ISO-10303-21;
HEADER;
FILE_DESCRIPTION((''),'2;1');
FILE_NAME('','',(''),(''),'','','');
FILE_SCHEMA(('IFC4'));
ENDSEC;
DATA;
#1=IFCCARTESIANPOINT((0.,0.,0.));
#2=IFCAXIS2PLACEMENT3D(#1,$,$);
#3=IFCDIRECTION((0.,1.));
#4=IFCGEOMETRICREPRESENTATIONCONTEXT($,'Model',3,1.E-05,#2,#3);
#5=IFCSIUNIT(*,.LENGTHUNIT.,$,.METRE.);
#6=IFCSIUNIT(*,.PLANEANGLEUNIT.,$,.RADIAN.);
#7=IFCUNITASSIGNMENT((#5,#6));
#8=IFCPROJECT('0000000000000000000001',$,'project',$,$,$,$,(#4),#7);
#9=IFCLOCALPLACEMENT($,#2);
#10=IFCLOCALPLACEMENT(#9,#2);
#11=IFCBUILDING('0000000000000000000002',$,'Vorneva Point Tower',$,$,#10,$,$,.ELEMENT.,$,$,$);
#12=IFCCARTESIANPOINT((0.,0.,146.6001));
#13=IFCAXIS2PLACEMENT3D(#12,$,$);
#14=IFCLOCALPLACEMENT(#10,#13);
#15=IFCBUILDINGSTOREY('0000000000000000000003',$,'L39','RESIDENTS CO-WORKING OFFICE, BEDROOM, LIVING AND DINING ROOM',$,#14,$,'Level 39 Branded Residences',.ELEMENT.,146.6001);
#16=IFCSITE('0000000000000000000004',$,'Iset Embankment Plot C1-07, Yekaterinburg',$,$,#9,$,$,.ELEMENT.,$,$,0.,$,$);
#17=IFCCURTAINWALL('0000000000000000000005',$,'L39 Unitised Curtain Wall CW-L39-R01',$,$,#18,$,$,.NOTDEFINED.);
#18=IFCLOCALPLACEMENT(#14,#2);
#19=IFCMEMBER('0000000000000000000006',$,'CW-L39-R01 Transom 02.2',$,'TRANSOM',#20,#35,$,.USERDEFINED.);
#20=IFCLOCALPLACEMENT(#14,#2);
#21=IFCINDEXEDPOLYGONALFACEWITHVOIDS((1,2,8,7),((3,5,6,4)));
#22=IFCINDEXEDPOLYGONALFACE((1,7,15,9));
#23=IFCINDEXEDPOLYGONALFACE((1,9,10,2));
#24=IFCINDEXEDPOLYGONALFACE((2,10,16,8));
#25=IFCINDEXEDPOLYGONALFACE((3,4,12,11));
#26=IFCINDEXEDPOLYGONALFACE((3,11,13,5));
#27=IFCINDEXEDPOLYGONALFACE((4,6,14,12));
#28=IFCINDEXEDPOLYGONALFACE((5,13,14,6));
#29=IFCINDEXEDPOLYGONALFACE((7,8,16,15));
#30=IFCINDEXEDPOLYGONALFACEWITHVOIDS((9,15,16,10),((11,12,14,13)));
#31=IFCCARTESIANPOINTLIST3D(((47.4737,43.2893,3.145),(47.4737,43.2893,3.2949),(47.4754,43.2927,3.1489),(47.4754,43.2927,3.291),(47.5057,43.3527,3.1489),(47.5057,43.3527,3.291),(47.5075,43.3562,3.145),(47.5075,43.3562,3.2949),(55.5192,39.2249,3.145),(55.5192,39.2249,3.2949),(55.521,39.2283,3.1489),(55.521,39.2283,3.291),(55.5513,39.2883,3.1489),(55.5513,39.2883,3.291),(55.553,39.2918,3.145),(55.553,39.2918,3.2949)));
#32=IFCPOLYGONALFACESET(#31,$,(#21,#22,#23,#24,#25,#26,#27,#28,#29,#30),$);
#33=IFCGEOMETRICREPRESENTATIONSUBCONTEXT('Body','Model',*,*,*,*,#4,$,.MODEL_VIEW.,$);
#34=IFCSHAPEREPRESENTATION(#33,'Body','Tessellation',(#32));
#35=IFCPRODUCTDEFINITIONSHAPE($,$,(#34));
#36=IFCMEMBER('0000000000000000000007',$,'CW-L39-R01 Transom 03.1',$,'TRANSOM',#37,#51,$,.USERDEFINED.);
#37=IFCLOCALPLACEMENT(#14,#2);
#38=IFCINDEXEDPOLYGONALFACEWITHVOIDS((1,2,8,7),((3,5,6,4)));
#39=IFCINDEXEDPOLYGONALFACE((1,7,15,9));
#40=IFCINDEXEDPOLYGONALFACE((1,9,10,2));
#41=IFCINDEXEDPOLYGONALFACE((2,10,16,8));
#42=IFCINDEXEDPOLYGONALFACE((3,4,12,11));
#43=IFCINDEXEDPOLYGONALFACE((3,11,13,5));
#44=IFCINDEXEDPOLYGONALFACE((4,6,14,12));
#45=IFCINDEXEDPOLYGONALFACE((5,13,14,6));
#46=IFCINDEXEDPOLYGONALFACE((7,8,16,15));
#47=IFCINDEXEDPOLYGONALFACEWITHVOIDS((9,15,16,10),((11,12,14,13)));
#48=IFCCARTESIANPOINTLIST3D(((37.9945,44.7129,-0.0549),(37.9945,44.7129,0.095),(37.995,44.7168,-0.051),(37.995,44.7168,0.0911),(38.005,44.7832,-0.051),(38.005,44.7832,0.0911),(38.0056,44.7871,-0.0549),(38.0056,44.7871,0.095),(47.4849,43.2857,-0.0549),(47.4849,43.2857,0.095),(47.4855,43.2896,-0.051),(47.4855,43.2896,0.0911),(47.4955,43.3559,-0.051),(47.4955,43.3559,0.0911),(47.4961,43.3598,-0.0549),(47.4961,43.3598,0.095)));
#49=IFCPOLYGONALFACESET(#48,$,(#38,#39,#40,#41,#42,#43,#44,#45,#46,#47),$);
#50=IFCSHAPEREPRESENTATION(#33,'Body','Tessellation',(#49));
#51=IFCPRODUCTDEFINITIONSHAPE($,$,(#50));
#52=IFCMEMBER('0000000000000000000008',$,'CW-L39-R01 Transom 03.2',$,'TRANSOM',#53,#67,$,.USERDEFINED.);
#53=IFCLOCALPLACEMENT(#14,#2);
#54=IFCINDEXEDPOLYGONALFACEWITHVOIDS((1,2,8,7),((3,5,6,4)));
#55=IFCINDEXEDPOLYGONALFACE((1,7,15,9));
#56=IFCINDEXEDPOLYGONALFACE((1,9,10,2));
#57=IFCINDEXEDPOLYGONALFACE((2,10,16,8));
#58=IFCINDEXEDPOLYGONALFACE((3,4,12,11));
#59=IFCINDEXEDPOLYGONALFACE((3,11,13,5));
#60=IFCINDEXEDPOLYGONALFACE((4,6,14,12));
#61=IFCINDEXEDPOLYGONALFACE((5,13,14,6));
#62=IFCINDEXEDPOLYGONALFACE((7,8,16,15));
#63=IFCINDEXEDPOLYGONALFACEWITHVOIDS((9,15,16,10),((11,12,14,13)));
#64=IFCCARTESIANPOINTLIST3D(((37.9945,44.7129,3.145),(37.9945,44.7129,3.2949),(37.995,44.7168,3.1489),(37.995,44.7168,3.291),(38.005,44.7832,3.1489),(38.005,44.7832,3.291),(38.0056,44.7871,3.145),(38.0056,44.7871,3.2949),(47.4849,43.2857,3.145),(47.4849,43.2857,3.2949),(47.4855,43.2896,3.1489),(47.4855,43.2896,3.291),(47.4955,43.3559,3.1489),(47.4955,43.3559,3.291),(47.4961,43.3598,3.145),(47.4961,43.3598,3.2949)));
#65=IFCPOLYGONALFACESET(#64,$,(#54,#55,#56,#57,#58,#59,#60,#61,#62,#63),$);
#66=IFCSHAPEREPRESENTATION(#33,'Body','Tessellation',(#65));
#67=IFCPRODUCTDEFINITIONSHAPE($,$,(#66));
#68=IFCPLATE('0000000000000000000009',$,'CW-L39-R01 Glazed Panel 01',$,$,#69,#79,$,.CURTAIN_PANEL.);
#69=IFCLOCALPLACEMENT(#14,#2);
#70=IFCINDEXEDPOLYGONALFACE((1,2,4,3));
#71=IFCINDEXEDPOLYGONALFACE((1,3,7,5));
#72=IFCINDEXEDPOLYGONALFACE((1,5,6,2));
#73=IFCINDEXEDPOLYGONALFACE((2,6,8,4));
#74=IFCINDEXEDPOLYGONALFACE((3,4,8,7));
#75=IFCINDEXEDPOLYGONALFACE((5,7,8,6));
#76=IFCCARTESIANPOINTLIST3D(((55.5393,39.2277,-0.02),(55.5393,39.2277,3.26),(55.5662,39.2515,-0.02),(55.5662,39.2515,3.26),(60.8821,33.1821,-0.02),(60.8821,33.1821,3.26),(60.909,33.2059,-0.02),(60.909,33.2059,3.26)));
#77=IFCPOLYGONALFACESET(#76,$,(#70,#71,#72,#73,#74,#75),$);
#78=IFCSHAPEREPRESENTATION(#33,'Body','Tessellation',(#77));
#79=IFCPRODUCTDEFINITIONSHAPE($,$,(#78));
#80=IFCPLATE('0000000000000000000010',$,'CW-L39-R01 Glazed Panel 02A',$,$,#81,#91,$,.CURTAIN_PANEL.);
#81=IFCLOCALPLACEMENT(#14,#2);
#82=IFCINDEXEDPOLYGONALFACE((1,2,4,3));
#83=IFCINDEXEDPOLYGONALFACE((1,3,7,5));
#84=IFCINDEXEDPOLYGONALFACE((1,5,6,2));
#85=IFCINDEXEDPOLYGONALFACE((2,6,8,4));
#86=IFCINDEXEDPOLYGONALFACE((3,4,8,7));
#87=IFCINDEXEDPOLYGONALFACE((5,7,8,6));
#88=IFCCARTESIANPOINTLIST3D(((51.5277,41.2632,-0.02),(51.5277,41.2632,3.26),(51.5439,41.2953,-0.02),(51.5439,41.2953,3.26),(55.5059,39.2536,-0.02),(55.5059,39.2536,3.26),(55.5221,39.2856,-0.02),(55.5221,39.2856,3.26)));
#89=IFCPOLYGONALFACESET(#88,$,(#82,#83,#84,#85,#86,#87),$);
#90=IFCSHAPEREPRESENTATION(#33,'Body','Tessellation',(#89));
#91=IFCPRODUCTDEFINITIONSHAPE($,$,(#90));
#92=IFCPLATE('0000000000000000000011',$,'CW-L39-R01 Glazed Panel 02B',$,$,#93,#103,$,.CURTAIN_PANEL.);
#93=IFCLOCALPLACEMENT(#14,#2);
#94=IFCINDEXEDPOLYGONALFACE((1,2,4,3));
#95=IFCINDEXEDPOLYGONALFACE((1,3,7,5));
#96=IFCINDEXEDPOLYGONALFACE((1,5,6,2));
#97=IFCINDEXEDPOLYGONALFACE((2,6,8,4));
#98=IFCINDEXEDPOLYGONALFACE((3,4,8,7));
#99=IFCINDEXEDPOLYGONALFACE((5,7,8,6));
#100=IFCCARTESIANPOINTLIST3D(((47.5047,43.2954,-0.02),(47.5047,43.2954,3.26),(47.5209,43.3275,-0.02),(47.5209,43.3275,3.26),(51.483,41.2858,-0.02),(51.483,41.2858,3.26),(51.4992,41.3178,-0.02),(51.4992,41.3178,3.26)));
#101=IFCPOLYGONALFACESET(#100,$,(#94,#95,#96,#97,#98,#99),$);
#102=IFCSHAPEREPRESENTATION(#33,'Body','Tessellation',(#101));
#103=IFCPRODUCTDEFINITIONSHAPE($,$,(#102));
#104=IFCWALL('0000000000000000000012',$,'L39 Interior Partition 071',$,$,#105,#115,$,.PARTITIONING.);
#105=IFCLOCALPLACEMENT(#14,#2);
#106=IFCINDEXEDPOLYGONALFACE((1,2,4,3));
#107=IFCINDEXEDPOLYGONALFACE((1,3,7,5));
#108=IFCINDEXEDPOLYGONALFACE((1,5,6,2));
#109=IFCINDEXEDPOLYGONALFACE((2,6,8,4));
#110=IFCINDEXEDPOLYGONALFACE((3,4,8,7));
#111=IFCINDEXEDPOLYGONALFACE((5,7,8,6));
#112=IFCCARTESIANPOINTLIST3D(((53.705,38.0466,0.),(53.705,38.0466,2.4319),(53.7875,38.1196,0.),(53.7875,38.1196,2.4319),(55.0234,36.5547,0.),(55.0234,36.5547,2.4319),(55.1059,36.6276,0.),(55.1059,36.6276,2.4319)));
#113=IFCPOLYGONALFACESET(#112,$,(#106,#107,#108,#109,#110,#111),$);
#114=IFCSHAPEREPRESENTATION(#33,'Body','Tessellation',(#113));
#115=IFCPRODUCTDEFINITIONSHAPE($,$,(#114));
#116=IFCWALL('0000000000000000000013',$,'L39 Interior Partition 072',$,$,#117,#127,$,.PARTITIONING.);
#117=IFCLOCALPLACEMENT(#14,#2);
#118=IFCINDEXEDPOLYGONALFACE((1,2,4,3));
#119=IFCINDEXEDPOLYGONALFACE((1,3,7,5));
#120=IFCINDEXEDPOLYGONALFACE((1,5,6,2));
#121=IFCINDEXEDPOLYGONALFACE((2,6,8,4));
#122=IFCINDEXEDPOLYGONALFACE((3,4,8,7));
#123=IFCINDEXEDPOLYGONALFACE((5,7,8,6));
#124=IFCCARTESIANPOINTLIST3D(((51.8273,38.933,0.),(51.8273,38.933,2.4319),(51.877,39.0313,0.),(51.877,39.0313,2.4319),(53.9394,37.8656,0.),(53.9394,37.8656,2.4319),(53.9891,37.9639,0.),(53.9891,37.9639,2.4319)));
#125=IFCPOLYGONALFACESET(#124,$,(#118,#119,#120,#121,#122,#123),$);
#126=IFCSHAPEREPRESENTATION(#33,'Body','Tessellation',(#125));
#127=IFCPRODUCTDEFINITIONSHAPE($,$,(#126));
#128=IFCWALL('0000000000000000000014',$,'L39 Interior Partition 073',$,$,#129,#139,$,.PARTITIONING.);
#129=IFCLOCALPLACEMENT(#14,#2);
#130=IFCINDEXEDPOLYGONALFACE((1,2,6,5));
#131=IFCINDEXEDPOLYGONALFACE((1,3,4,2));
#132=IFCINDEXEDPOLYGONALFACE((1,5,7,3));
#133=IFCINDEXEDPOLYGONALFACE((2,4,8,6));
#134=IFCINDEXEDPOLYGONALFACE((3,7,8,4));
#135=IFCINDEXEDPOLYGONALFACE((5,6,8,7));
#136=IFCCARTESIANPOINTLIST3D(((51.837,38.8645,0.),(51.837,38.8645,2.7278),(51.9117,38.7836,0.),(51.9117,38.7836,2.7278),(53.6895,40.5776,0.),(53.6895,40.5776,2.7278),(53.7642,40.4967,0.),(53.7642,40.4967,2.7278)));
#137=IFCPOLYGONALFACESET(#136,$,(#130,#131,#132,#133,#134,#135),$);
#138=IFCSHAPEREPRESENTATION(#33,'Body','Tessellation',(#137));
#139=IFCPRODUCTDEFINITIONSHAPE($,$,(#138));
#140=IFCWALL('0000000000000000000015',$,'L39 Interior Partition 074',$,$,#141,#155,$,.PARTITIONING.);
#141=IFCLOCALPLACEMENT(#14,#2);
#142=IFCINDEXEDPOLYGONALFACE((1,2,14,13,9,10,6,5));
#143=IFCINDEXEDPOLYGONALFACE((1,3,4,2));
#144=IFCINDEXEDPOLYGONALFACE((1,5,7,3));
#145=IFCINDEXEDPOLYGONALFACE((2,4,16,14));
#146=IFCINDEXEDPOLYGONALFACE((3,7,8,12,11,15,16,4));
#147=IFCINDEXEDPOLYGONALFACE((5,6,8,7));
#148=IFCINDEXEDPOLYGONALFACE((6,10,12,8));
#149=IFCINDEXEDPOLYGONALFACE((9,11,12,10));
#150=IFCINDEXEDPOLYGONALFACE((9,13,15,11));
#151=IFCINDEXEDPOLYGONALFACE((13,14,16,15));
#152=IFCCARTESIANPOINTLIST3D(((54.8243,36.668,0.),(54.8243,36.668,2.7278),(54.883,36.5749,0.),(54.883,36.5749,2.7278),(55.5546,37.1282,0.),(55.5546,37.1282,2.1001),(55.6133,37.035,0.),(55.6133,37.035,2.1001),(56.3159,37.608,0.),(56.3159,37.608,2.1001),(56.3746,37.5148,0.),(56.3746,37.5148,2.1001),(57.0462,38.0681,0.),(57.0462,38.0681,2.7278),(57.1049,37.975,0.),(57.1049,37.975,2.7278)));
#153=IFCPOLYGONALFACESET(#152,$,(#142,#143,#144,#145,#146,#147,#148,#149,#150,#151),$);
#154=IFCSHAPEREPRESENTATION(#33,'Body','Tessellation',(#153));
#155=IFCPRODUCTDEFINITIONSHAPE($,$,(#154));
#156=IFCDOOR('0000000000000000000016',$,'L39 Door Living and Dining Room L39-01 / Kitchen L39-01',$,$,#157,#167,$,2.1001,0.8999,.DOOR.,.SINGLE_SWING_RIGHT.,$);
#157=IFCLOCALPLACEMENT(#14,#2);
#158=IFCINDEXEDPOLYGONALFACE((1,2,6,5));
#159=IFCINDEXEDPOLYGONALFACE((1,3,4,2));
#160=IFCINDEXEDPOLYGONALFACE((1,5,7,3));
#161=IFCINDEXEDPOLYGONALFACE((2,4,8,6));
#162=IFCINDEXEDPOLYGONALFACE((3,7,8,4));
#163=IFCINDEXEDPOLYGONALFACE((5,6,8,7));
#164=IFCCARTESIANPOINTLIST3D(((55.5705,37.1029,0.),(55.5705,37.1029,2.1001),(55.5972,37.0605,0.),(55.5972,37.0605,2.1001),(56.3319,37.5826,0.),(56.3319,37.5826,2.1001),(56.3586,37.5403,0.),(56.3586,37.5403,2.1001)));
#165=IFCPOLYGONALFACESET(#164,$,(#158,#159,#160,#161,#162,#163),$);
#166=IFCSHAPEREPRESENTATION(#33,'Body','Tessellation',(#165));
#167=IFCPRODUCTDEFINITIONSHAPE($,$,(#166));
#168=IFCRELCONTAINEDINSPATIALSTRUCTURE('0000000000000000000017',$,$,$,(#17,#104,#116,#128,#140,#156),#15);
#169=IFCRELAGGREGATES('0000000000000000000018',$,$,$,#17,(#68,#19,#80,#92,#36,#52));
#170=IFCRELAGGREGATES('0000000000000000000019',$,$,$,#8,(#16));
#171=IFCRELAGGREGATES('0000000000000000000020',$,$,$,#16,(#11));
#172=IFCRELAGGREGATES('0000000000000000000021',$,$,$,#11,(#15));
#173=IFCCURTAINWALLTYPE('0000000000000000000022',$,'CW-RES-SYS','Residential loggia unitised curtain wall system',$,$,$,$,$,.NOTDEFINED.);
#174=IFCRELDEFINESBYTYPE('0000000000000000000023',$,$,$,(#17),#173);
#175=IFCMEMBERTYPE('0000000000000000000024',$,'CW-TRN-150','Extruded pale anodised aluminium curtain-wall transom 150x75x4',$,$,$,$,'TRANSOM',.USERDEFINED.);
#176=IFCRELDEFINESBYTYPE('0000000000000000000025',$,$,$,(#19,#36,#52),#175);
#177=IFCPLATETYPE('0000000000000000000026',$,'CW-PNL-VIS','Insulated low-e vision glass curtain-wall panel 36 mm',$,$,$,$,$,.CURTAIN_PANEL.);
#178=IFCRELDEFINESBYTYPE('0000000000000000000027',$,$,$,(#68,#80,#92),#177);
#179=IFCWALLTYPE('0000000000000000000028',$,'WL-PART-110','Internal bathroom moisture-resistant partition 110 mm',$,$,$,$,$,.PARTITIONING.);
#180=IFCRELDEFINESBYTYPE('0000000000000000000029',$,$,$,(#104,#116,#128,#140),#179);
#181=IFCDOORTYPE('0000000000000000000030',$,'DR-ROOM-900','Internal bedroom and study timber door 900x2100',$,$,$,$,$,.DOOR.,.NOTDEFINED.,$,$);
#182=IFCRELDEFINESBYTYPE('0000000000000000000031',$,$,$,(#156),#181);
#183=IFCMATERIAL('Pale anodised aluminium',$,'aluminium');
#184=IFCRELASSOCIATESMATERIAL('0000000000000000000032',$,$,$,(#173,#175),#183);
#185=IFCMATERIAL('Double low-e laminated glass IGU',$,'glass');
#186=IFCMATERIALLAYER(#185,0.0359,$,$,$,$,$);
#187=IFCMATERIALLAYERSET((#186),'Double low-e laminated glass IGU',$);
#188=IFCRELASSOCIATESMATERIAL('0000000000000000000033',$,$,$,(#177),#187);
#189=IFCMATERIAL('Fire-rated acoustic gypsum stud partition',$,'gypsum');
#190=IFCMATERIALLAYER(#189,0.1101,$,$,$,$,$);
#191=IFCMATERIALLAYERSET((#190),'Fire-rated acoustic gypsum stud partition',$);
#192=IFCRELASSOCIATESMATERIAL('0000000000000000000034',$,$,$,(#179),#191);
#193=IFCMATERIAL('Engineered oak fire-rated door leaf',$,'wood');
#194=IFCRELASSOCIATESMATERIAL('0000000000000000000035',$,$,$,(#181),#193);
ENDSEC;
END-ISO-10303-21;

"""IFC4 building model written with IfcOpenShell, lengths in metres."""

from ifc_helpers import new_model, si_unit, direction, frame, frame_2d, origin, origin_2d, place, context, subcontext, project, spatial, rectangle, hollow_rectangle, extrude, material, layer, layer_set, material_profile, profile_set, type_object, element, fill, aggregate, save


model = new_model("IFC4")

# Units and contexts
model_context = context("Model", 3, precision=1e-05, world=origin(), true_north=direction((0.0, 1.0)))
body_context = subcontext(model_context, "Body", "Model", "MODEL_VIEW")
ifc_project = project(units=[si_unit("LENGTHUNIT", "METRE"), si_unit("PLANEANGLEUNIT", "RADIAN")], contexts=[model_context])

# Site, building, storey
site_placement = place(None, origin())
site = spatial("IfcSite", under=ifc_project, at=site_placement, Name="Iset Embankment Plot C1-07, Yekaterinburg", CompositionType="ELEMENT", RefElevation=0.0)
building_placement = place(site_placement, origin())
building = spatial("IfcBuilding", under=site, at=building_placement, Name="Vorneva Point Tower", CompositionType="ELEMENT")
storey_placement = place(building_placement, frame((0.0, 0.0, 146.6001)))
storey = spatial("IfcBuildingStorey", under=building, at=storey_placement, Name="L39", Description="RESIDENTS CO-WORKING OFFICE, BEDROOM, LIVING AND DINING ROOM", LongName="Level 39 Branded Residences", CompositionType="ELEMENT", Elevation=146.6001)

# Curtain wall, members, plates
ifc_material_1 = material(Name="Pale anodised aluminium", Category="aluminium")
curtain_wall_type = type_object("IfcCurtainWallType", Name="CW-RES-SYS", Description="Residential loggia unitised curtain wall system", PredefinedType="NOTDEFINED", material=ifc_material_1)
curtain_wall_placement = place(storey_placement, origin())
curtain_wall = element("IfcCurtainWall", 1, at=curtain_wall_placement, inside=storey, type_object=curtain_wall_type, Name="L39 Unitised Curtain Wall CW-L39-R01", PredefinedType="NOTDEFINED")
ifc_material_profile_1 = material_profile(ifc_material_1, hollow_rectangle(XDim=0.075, YDim=0.1499, WallThickness=0.0039, at=origin_2d()), Name="AL-TRN 150x75x4")
ifc_profile_set_1 = profile_set([ifc_material_profile_1], Name="Pale anodised aluminium")
member_type_1 = type_object("IfcMemberType", Name="CW-TRN-150", Description="Extruded pale anodised aluminium curtain-wall transom 150x75x4", ElementType="TRANSOM", PredefinedType="USERDEFINED", material=ifc_profile_set_1)
member_1_placement = place(storey_placement, frame((55.5361, 39.2583, 3.22), z_axis=(-0.892572, 0.450904, 0.0), x_axis=(-0.450904, -0.892572, 0.0)))
member_1 = element("IfcMember", 2, at=member_1_placement, type_object=member_type_1, Name="CW-L39-R01 Transom 02.2", ObjectType="TRANSOM", PredefinedType="USERDEFINED", context=body_context, shape_type="SweptSolid", body=[
    extrude(hollow_rectangle(XDim=0.075, YDim=0.1499, WallThickness=0.0039, at=origin_2d()), origin(), (0.0, 0.0, 1.0), 9.0139),
])
member_2_placement = place(storey_placement, frame((47.4905, 43.3228, 0.02), z_axis=(-0.98888, 0.148715, 0.0), x_axis=(-0.148715, -0.98888, 0.0)))
member_2 = element("IfcMember", 3, at=member_2_placement, type_object=member_type_1, Name="CW-L39-R01 Transom 03.1", ObjectType="TRANSOM", PredefinedType="USERDEFINED", context=body_context, shape_type="SweptSolid", body=[
    extrude(hollow_rectangle(XDim=0.075, YDim=0.1499, WallThickness=0.0039, at=origin_2d()), origin(), (0.0, 0.0, 1.0), 9.5972),
])
member_3_placement = place(storey_placement, frame((47.4905, 43.3228, 3.22), z_axis=(-0.98888, 0.148715, 0.0), x_axis=(-0.148715, -0.98888, 0.0)))
member_3 = element("IfcMember", 4, at=member_3_placement, type_object=member_type_1, Name="CW-L39-R01 Transom 03.2", ObjectType="TRANSOM", PredefinedType="USERDEFINED", context=body_context, shape_type="SweptSolid", body=[
    extrude(hollow_rectangle(XDim=0.075, YDim=0.1499, WallThickness=0.0039, at=origin_2d()), origin(), (0.0, 0.0, 1.0), 9.5972),
])
ifc_material_2 = material(Name="Double low-e laminated glass IGU", Category="glass")
ifc_layer_1 = layer(ifc_material_2, 0.0359)
ifc_layer_set_1 = layer_set([ifc_layer_1], Name="Double low-e laminated glass IGU")
plate_type = type_object("IfcPlateType", Name="CW-PNL-VIS", Description="Insulated low-e vision glass curtain-wall panel 36 mm", PredefinedType="CURTAIN_PANEL", material=ifc_layer_set_1)
plate_1_placement = place(storey_placement, frame((58.2241, 36.2168, -0.02), z_axis=(0.0, 0.0, 1.0), x_axis=(-0.662215, 0.749314, 0.0)))
plate_1 = element("IfcPlate", 5, at=plate_1_placement, type_object=plate_type, Name="CW-L39-R01 Glazed Panel 01", PredefinedType="CURTAIN_PANEL", context=body_context, shape_type="SweptSolid", body=[
    extrude(rectangle(XDim=8.0681, YDim=0.0359, at=origin_2d()), origin(), (0.0, 0.0, 1.0), 3.28),
])
plate_2_placement = place(storey_placement, frame((53.5249, 40.2744, -0.02), z_axis=(0.0, 0.0, 1.0), x_axis=(-0.892578, 0.450893, 0.0)))
plate_2 = element("IfcPlate", 6, at=plate_2_placement, type_object=plate_type, Name="CW-L39-R01 Glazed Panel 02A", PredefinedType="CURTAIN_PANEL", context=body_context, shape_type="SweptSolid", body=[
    extrude(rectangle(XDim=4.457, YDim=0.0359, at=origin_2d()), origin(), (0.0, 0.0, 1.0), 3.28),
])
plate_3_placement = place(storey_placement, frame((49.502, 42.3066, -0.02), z_axis=(0.0, 0.0, 1.0), x_axis=(-0.892578, 0.450893, 0.0)))
plate_3 = element("IfcPlate", 7, at=plate_3_placement, type_object=plate_type, Name="CW-L39-R01 Glazed Panel 02B", PredefinedType="CURTAIN_PANEL", context=body_context, shape_type="SweptSolid", body=[
    extrude(rectangle(XDim=4.457, YDim=0.0359, at=origin_2d()), origin(), (0.0, 0.0, 1.0), 3.28),
])
aggregate(curtain_wall, [plate_1, member_1, plate_2, plate_3, member_2, member_3])

# Walls
ifc_material_3 = material(Name="Fire-rated acoustic gypsum stud partition", Category="gypsum")
ifc_layer_2 = layer(ifc_material_3, 0.1101)
ifc_layer_set_2 = layer_set([ifc_layer_2], Name="Fire-rated acoustic gypsum stud partition")
wall_type_1 = type_object("IfcWallType", Name="WL-PART-110", Description="Internal bathroom moisture-resistant partition 110 mm", PredefinedType="PARTITIONING", material=ifc_layer_set_2)
wall_1_placement = place(storey_placement, frame((55.0647, 36.5911, 0.0), z_axis=(0.0, 0.0, 1.0), x_axis=(-0.662169, 0.749355, 0.0)))
element("IfcWall", 8, at=wall_1_placement, inside=storey, type_object=wall_type_1, Name="L39 Interior Partition 071", PredefinedType="PARTITIONING", context=body_context, shape_type="SweptSolid", body=[
    extrude(rectangle(XDim=1.991, YDim=0.1101, at=frame_2d((0.9956, 0.0))), origin(), (0.0, 0.0, 1.0), 2.4319),
])
wall_2_placement = place(storey_placement, frame((53.9641, 37.9148, 0.0), z_axis=(0.0, 0.0, 1.0), x_axis=(-0.8925, 0.451047, 0.0)))
element("IfcWall", 9, at=wall_2_placement, inside=storey, type_object=wall_type_1, Name="L39 Interior Partition 072", PredefinedType="PARTITIONING", context=body_context, shape_type="SweptSolid", body=[
    extrude(rectangle(XDim=2.3665, YDim=0.1101, at=frame_2d((1.1831, 0.0))), origin(), (0.0, 0.0, 1.0), 2.4319),
])
wall_3_placement = place(storey_placement, frame((51.8743, 38.824, 0.0), z_axis=(0.0, 0.0, 1.0), x_axis=(0.734191, 0.678943, 0.0)))
element("IfcWall", 10, at=wall_3_placement, inside=storey, type_object=wall_type_1, Name="L39 Interior Partition 073", PredefinedType="PARTITIONING", context=body_context, shape_type="SweptSolid", body=[
    extrude(rectangle(XDim=2.5232, YDim=0.1101, at=frame_2d((1.2617, 0.0))), origin(), (0.0, 0.0, 1.0), 2.7278),
])

# Wall, opening, door
wall_4_placement = place(storey_placement, frame((57.0754, 38.0215, 0.0), z_axis=(0.0, 0.0, 1.0), x_axis=(-0.846034, -0.533129, 0.0)))
wall_4 = element("IfcWall", 11, at=wall_4_placement, inside=storey, type_object=wall_type_1, Name="L39 Interior Partition 074", PredefinedType="PARTITIONING", context=body_context, shape_type="SweptSolid", body=[
    extrude(rectangle(XDim=2.6262, YDim=0.1101, at=frame_2d((1.313, 0.0))), origin(), (0.0, 0.0, 1.0), 2.7278),
])
opening_1_placement = place(wall_4_placement, frame((0.863, 0.0, 0.0)))
opening_1 = element("IfcOpeningElement", 12, at=opening_1_placement, cuts=wall_4, PredefinedType="OPENING", context=body_context, shape_type="SweptSolid", body=[
    extrude(rectangle(XDim=0.8999, YDim=2.1001, at=frame_2d((0.45, 1.05))), frame((0.0, 0.0698, 0.0), z_axis=(0.0, -1.0, 0.0), x_axis=(1.0, 0.0, 0.0)), (0.0, 0.0, 1.0), 0.1399),
])
ifc_material_4 = material(Name="Engineered oak fire-rated door leaf", Category="wood")
door_type = type_object("IfcDoorType", Name="DR-ROOM-900", Description="Internal bedroom and study timber door 900x2100", OperationType="NOTDEFINED", PredefinedType="DOOR", material=ifc_material_4)
door_1_placement = place(opening_1_placement, origin())
door_1 = element("IfcDoor", 13, at=door_1_placement, inside=storey, type_object=door_type, Name="L39 Door Living and Dining Room L39-01 / Kitchen L39-01", OperationType="SINGLE_SWING_RIGHT", OverallHeight=2.1001, OverallWidth=0.8999, PredefinedType="DOOR", context=body_context, shape_type="SweptSolid", body=[
    extrude(rectangle(XDim=0.8999, YDim=2.1001, at=frame_2d((0.45, 1.05))), frame((0.0, 0.0249, 0.0), z_axis=(0.0, -1.0, 0.0), x_axis=(1.0, 0.0, 0.0)), (0.0, 0.0, 1.0), 0.05),
])
fill(opening_1, door_1)

save(model, "model.ifc")
